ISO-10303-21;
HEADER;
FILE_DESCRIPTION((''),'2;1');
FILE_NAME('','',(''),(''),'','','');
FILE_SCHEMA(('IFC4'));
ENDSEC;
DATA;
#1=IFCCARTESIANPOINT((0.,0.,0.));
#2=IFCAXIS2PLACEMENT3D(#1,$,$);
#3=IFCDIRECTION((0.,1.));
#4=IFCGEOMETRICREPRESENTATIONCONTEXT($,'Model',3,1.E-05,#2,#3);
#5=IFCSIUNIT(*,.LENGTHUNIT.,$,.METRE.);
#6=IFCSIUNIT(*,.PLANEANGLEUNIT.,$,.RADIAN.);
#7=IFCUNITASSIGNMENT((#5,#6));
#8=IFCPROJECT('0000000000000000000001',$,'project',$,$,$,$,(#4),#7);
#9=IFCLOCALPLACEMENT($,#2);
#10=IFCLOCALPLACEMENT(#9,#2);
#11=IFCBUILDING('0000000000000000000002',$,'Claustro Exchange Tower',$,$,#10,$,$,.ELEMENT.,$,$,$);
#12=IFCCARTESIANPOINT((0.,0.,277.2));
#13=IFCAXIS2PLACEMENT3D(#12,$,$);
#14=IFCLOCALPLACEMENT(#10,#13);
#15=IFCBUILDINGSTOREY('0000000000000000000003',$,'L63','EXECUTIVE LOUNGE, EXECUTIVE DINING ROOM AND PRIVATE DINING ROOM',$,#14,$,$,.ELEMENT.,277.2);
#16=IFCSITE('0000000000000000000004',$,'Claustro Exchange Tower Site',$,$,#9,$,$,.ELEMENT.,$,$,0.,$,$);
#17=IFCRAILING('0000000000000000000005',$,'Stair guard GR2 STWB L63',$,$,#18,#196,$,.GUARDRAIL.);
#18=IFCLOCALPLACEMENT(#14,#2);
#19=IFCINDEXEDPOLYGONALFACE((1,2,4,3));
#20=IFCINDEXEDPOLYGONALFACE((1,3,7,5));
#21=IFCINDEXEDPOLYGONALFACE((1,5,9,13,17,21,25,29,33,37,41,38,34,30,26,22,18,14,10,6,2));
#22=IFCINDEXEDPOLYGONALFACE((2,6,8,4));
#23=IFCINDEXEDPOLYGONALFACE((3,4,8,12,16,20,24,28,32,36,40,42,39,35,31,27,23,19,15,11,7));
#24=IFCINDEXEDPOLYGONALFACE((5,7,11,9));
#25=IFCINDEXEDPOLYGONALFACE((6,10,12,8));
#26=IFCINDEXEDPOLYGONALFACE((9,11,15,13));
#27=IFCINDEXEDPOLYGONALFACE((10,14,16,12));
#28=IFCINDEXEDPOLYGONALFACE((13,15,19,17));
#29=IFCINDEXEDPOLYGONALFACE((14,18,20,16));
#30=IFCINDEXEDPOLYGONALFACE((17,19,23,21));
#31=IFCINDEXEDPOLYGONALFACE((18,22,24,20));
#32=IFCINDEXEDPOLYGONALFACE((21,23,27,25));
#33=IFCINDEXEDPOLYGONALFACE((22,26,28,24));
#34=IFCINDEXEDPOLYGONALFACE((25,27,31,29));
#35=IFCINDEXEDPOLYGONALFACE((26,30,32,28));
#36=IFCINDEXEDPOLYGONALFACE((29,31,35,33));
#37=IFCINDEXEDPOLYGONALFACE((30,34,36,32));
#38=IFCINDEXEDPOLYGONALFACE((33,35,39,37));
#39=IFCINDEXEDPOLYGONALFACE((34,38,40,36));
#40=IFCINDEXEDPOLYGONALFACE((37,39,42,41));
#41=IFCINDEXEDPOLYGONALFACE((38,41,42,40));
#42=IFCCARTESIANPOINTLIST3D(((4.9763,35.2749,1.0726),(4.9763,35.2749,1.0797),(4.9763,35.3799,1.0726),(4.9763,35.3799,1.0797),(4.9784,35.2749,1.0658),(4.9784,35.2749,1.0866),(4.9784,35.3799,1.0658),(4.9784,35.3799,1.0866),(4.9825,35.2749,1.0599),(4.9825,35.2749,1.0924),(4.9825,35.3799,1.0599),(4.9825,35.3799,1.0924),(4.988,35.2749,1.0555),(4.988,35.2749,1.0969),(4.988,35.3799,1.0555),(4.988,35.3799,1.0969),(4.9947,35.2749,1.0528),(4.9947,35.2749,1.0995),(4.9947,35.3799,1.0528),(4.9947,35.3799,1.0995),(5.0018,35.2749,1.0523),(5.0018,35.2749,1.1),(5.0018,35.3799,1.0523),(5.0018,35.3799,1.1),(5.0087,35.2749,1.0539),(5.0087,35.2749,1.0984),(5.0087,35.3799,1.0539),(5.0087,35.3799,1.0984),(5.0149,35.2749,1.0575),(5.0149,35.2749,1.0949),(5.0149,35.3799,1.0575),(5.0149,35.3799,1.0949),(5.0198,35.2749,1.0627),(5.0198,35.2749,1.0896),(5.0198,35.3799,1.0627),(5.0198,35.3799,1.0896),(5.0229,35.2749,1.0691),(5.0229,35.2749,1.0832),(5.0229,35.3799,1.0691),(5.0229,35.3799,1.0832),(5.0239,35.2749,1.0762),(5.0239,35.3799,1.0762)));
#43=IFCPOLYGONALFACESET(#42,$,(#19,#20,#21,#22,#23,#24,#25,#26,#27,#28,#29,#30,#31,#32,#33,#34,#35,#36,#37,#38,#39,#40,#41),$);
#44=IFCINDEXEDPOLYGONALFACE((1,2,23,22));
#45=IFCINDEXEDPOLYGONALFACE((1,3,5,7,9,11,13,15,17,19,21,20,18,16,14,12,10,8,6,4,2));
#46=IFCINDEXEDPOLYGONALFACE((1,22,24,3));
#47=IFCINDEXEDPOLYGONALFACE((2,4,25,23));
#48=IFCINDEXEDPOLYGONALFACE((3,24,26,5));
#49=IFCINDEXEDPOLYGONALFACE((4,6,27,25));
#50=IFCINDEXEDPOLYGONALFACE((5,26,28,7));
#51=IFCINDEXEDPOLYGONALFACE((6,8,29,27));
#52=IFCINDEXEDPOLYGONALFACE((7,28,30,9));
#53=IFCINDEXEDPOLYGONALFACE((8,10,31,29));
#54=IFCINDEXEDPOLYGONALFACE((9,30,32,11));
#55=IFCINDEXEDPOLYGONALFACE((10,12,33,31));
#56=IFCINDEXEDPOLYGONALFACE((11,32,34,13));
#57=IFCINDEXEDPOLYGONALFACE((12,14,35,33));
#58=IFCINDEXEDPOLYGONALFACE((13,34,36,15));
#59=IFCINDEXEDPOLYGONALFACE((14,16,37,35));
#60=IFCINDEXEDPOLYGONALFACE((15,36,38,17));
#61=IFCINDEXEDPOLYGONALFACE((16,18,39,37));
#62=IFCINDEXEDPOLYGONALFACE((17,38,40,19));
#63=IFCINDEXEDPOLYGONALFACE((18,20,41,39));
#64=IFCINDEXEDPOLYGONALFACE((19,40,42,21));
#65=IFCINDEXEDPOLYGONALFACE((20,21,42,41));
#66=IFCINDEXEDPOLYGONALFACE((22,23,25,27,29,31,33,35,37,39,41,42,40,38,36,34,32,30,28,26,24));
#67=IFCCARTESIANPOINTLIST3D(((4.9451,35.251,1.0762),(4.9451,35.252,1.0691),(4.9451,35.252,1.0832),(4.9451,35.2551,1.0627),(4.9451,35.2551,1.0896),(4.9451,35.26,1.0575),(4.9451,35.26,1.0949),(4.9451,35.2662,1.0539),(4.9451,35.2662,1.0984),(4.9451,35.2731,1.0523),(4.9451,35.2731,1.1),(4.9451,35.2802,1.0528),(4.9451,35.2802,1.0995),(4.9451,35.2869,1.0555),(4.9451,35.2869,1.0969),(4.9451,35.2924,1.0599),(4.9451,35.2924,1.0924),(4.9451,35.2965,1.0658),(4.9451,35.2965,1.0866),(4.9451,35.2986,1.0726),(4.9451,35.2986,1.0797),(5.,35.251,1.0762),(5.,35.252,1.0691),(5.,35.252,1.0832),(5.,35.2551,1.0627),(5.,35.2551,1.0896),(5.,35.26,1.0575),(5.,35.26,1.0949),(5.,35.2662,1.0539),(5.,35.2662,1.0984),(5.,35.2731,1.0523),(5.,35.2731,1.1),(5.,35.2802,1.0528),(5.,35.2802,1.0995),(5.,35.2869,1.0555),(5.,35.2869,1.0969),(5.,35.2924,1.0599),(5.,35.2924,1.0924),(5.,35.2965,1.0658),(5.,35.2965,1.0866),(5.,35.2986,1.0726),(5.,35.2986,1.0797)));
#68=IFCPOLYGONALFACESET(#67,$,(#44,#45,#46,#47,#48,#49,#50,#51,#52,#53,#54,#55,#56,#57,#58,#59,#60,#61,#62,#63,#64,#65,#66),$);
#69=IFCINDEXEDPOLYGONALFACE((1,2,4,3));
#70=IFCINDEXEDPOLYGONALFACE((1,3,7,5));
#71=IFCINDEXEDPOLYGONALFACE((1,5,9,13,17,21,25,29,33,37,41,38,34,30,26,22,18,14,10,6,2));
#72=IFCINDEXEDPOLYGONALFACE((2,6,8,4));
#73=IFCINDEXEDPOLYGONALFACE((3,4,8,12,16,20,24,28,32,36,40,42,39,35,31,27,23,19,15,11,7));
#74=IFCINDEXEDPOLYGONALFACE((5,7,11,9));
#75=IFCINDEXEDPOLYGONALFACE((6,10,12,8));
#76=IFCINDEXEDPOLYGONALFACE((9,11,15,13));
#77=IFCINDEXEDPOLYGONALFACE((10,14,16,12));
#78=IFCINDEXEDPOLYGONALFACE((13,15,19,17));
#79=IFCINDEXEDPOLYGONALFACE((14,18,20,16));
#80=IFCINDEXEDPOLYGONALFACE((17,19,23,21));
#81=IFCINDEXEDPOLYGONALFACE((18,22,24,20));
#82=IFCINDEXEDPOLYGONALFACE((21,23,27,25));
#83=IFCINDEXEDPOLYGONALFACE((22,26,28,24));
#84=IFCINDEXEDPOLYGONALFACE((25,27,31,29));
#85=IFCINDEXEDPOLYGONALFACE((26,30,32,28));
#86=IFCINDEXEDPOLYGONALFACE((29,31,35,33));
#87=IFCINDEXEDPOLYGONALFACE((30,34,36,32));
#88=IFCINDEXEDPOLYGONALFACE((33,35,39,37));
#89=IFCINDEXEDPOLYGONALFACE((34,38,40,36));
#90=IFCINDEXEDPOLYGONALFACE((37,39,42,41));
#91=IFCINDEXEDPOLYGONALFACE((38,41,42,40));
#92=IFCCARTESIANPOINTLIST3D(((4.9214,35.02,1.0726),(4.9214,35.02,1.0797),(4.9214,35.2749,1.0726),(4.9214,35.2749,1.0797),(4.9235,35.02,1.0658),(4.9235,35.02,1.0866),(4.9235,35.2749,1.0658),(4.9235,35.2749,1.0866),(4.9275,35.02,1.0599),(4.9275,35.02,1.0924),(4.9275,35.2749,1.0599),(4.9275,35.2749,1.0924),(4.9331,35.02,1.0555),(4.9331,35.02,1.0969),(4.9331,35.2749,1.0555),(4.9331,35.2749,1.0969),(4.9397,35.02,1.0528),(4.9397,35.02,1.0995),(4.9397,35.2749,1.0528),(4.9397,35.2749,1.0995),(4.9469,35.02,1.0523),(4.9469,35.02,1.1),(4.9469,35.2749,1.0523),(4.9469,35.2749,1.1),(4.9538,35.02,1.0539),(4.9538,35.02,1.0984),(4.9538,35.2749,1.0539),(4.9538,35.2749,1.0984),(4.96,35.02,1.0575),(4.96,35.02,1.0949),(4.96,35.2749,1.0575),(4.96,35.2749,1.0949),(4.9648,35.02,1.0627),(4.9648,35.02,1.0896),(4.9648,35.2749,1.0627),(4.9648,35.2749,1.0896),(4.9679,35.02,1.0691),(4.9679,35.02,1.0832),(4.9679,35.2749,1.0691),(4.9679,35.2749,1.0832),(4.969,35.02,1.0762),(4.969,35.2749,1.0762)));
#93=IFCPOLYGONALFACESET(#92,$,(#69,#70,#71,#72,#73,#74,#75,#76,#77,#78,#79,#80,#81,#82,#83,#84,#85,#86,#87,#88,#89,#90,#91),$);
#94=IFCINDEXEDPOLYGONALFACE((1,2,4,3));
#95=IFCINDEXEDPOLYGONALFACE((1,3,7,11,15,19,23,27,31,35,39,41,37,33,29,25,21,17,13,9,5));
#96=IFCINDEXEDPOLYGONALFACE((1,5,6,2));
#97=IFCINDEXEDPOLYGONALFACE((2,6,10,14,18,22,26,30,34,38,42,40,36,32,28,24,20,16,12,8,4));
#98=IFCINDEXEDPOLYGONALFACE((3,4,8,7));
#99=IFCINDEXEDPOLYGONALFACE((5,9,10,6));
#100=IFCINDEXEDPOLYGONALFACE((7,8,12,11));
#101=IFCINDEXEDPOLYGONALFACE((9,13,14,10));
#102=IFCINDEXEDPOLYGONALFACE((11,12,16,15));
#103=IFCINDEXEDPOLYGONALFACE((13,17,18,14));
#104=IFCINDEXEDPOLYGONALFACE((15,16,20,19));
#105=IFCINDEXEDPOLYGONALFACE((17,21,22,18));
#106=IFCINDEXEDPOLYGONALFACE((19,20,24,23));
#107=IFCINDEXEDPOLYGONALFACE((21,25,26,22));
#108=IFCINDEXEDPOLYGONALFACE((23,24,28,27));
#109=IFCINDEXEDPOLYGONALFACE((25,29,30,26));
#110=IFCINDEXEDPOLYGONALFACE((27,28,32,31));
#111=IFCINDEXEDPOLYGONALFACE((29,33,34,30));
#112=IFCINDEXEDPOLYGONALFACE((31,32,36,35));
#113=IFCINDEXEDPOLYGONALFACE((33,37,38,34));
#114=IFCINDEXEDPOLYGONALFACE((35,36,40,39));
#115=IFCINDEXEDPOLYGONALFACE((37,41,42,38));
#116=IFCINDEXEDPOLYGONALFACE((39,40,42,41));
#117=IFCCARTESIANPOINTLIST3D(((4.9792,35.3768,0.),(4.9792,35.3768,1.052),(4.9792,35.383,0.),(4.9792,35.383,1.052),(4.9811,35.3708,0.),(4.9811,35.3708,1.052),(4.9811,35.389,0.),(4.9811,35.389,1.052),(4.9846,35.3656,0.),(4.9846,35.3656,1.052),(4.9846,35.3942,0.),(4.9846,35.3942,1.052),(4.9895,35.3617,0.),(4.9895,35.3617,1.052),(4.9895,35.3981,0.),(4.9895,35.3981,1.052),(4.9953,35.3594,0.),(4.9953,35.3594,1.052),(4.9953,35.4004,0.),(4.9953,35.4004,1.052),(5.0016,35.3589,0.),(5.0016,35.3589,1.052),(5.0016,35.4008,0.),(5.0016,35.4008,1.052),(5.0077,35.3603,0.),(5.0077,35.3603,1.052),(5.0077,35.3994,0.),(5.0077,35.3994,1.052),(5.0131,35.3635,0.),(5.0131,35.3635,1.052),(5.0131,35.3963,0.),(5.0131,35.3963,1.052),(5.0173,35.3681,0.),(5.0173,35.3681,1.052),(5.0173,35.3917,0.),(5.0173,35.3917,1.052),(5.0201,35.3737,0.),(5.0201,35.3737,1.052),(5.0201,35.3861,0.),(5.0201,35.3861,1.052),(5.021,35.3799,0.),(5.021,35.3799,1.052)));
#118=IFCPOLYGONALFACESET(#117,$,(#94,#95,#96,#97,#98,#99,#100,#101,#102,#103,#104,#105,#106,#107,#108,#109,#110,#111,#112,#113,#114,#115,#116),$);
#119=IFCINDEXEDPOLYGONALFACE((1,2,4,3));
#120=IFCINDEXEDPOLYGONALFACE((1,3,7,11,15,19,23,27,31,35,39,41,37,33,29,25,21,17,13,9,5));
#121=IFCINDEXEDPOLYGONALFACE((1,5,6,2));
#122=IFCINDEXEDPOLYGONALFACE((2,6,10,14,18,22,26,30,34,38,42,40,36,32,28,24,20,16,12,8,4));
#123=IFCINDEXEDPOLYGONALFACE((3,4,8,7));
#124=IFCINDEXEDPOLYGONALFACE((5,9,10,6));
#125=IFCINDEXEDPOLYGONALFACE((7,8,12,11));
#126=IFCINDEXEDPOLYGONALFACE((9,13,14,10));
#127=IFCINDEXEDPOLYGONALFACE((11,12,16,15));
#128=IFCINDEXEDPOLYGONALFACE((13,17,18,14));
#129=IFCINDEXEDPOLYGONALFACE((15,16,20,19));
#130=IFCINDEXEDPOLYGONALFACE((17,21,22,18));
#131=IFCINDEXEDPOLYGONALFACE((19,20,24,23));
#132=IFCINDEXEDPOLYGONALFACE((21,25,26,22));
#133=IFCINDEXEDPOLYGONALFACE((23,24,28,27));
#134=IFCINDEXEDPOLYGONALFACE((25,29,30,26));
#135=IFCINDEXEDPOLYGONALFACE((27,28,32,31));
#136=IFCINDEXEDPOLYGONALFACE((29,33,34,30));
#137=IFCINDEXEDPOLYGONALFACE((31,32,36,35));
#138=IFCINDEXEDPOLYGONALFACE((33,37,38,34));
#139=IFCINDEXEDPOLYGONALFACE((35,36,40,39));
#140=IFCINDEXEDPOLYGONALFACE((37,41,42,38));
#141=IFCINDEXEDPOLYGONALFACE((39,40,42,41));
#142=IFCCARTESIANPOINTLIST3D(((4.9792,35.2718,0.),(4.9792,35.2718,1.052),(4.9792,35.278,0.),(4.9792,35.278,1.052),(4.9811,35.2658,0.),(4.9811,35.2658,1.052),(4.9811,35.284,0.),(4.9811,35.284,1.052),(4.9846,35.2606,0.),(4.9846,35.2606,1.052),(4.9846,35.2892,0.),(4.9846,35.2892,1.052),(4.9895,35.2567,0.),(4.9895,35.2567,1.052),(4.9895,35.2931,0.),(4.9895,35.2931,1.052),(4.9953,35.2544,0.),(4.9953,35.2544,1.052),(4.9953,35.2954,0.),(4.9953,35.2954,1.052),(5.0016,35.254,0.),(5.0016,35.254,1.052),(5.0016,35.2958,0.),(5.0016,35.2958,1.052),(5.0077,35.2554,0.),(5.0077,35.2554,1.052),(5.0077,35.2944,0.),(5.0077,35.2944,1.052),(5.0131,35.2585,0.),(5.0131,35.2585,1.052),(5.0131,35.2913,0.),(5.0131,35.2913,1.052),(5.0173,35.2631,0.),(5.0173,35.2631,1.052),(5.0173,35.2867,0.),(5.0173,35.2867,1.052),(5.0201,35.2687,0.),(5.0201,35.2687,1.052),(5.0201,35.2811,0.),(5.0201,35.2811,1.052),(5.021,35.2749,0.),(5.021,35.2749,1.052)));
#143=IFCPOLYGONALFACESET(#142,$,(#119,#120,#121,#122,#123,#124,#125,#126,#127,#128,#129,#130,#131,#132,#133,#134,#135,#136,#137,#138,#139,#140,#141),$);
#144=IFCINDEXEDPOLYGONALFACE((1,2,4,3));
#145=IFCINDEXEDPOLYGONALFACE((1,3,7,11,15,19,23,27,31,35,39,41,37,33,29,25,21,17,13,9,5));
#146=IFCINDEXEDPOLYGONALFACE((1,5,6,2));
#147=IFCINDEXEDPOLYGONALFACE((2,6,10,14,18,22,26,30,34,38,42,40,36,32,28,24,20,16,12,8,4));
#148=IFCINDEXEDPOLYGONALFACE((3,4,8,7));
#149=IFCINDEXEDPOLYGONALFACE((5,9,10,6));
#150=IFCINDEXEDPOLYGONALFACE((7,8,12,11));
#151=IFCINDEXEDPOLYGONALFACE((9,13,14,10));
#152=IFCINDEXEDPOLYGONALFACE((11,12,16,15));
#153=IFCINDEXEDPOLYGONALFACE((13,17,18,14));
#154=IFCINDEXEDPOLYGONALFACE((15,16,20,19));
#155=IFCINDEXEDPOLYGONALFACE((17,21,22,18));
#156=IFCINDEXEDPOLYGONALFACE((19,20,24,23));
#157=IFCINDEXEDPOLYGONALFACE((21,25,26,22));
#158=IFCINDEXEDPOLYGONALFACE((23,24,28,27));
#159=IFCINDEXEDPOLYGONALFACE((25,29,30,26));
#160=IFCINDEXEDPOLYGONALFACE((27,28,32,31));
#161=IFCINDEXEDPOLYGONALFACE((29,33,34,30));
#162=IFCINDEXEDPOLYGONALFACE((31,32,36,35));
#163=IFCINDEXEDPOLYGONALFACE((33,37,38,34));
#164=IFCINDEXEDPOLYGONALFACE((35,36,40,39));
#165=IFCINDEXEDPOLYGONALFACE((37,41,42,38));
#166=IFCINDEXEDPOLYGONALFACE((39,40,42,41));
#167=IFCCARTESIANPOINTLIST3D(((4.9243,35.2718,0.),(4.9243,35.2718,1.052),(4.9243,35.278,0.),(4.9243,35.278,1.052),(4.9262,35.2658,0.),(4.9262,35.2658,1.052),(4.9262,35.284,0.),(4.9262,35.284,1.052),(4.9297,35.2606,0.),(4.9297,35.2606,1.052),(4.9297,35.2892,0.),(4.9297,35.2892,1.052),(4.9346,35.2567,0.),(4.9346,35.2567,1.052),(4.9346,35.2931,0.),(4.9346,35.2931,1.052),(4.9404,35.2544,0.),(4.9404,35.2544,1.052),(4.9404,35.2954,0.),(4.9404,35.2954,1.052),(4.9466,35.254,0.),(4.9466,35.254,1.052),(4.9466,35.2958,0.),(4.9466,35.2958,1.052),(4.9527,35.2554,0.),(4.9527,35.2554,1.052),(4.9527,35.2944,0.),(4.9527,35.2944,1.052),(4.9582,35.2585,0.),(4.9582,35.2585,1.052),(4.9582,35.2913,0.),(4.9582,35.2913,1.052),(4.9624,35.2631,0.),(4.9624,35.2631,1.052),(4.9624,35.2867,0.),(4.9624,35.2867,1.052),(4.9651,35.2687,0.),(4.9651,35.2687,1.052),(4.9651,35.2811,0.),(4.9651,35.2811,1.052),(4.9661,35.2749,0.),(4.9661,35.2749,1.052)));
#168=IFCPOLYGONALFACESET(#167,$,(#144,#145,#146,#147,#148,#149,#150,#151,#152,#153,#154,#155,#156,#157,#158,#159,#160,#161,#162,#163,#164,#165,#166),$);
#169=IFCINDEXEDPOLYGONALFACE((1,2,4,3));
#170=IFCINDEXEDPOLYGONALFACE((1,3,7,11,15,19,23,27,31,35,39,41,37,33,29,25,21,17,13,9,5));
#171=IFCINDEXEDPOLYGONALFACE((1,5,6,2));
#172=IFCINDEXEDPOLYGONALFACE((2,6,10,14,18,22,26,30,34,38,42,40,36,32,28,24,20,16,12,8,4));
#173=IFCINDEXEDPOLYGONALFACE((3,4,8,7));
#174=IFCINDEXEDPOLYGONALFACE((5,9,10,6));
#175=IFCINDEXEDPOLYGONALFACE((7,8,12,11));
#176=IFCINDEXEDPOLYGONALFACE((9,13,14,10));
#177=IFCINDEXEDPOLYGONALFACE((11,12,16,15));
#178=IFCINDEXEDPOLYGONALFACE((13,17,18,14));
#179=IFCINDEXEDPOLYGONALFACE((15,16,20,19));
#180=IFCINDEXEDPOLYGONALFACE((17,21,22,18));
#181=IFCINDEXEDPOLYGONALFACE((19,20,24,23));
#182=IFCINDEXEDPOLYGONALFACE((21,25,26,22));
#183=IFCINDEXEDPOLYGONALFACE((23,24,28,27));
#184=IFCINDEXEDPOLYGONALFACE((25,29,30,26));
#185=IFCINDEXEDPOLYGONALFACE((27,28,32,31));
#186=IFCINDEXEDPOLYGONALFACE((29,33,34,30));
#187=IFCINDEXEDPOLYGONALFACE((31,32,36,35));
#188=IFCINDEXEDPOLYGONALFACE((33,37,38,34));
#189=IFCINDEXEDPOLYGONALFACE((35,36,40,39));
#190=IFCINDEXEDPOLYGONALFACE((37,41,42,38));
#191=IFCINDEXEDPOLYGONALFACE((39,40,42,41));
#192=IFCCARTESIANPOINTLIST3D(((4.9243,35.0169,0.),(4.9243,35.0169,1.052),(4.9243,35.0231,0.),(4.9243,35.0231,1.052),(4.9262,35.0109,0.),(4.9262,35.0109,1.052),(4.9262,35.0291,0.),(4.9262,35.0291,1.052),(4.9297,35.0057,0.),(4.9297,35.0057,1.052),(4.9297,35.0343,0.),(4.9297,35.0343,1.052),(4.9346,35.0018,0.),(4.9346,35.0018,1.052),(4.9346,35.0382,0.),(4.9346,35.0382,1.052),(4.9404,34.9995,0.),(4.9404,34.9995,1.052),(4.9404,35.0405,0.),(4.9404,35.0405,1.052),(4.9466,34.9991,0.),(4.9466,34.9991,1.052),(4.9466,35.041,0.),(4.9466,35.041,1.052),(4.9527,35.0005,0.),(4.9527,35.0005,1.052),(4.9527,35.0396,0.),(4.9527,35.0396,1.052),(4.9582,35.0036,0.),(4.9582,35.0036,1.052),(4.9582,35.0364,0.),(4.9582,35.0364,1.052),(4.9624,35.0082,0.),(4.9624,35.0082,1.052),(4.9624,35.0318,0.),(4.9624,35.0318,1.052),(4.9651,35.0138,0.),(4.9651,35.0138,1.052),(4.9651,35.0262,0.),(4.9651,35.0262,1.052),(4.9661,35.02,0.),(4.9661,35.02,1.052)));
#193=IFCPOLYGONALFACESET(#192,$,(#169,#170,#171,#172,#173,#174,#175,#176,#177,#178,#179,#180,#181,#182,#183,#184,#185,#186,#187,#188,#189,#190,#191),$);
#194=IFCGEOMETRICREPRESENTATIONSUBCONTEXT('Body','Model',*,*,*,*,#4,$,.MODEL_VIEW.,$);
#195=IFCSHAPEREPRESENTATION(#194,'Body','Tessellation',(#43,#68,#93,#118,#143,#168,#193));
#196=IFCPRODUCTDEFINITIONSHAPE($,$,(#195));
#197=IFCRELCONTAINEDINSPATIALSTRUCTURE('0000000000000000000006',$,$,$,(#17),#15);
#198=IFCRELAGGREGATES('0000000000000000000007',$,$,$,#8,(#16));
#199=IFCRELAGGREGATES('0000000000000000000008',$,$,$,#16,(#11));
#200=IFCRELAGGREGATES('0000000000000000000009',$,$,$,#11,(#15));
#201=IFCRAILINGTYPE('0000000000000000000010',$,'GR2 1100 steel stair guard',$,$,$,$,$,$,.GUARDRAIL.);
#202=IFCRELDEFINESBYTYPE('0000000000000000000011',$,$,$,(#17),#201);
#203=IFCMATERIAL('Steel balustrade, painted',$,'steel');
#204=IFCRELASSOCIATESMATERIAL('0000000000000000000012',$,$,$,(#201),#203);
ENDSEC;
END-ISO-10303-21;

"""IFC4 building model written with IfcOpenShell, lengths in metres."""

from ifc_helpers import new_model, si_unit, direction, frame, origin, origin_2d, place, context, subcontext, project, spatial, circle, extrude, material, type_object, element, save


model = new_model("IFC4")

# Units and contexts
model_context = context("Model", 3, precision=1e-05, world=origin(), true_north=direction((0.0, 1.0)))
body_context = subcontext(model_context, "Body", "Model", "MODEL_VIEW")
ifc_project = project(units=[si_unit("LENGTHUNIT", "METRE"), si_unit("PLANEANGLEUNIT", "RADIAN")], contexts=[model_context])

# Site, building, storey
site_placement = place(None, origin())
site = spatial("IfcSite", under=ifc_project, at=site_placement, Name="Claustro Exchange Tower Site", CompositionType="ELEMENT", RefElevation=0.0)
building_placement = place(site_placement, origin())
building = spatial("IfcBuilding", under=site, at=building_placement, Name="Claustro Exchange Tower", CompositionType="ELEMENT")
storey_placement = place(building_placement, frame((0.0, 0.0, 277.2)))
storey = spatial("IfcBuildingStorey", under=building, at=storey_placement, Name="L63", Description="EXECUTIVE LOUNGE, EXECUTIVE DINING ROOM AND PRIVATE DINING ROOM", CompositionType="ELEMENT", Elevation=277.2)

# Railing
ifc_material_1 = material(Name="Steel balustrade, painted", Category="steel")
railing_type_1 = type_object("IfcRailingType", Name="GR2 1100 steel stair guard", PredefinedType="GUARDRAIL", material=ifc_material_1)
railing_1_placement = place(storey_placement, frame((5.0, 35.3799, 0.0)))
element("IfcRailing", 1, at=railing_1_placement, inside=storey, type_object=railing_type_1, Name="Stair guard GR2 STWB L63", PredefinedType="GUARDRAIL", context=body_context, shape_type="SweptSolid", body=[
    extrude(circle(Radius=0.0239, at=origin_2d()), frame((0.0, 0.0, 1.0762), z_axis=(0.0, -1.0, 0.0), x_axis=(1.0, 0.0, 0.0)), (0.0, 0.0, 1.0), 0.105),
    extrude(circle(Radius=0.0239, at=origin_2d()), frame((0.0, -0.105, 1.0762), z_axis=(-1.0, 0.0, 0.0), x_axis=(0.0, -1.0, 0.0)), (0.0, 0.0, 1.0), 0.0549),
    extrude(circle(Radius=0.0239, at=origin_2d()), frame((-0.0549, -0.105, 1.0762), z_axis=(0.0, -1.0, 0.0), x_axis=(1.0, 0.0, 0.0)), (0.0, 0.0, 1.0), 0.2549),
    extrude(circle(Radius=0.021, at=origin_2d()), origin(), (0.0, 0.0, 1.0), 1.052),
    extrude(circle(Radius=0.021, at=origin_2d()), frame((0.0, -0.105, 0.0)), (0.0, 0.0, 1.0), 1.052),
    extrude(circle(Radius=0.021, at=origin_2d()), frame((-0.0549, -0.105, 0.0)), (0.0, 0.0, 1.0), 1.052),
    extrude(circle(Radius=0.021, at=origin_2d()), frame((-0.0549, -0.3599, 0.0)), (0.0, 0.0, 1.0), 1.052),
])

save(model, "model.ifc")
